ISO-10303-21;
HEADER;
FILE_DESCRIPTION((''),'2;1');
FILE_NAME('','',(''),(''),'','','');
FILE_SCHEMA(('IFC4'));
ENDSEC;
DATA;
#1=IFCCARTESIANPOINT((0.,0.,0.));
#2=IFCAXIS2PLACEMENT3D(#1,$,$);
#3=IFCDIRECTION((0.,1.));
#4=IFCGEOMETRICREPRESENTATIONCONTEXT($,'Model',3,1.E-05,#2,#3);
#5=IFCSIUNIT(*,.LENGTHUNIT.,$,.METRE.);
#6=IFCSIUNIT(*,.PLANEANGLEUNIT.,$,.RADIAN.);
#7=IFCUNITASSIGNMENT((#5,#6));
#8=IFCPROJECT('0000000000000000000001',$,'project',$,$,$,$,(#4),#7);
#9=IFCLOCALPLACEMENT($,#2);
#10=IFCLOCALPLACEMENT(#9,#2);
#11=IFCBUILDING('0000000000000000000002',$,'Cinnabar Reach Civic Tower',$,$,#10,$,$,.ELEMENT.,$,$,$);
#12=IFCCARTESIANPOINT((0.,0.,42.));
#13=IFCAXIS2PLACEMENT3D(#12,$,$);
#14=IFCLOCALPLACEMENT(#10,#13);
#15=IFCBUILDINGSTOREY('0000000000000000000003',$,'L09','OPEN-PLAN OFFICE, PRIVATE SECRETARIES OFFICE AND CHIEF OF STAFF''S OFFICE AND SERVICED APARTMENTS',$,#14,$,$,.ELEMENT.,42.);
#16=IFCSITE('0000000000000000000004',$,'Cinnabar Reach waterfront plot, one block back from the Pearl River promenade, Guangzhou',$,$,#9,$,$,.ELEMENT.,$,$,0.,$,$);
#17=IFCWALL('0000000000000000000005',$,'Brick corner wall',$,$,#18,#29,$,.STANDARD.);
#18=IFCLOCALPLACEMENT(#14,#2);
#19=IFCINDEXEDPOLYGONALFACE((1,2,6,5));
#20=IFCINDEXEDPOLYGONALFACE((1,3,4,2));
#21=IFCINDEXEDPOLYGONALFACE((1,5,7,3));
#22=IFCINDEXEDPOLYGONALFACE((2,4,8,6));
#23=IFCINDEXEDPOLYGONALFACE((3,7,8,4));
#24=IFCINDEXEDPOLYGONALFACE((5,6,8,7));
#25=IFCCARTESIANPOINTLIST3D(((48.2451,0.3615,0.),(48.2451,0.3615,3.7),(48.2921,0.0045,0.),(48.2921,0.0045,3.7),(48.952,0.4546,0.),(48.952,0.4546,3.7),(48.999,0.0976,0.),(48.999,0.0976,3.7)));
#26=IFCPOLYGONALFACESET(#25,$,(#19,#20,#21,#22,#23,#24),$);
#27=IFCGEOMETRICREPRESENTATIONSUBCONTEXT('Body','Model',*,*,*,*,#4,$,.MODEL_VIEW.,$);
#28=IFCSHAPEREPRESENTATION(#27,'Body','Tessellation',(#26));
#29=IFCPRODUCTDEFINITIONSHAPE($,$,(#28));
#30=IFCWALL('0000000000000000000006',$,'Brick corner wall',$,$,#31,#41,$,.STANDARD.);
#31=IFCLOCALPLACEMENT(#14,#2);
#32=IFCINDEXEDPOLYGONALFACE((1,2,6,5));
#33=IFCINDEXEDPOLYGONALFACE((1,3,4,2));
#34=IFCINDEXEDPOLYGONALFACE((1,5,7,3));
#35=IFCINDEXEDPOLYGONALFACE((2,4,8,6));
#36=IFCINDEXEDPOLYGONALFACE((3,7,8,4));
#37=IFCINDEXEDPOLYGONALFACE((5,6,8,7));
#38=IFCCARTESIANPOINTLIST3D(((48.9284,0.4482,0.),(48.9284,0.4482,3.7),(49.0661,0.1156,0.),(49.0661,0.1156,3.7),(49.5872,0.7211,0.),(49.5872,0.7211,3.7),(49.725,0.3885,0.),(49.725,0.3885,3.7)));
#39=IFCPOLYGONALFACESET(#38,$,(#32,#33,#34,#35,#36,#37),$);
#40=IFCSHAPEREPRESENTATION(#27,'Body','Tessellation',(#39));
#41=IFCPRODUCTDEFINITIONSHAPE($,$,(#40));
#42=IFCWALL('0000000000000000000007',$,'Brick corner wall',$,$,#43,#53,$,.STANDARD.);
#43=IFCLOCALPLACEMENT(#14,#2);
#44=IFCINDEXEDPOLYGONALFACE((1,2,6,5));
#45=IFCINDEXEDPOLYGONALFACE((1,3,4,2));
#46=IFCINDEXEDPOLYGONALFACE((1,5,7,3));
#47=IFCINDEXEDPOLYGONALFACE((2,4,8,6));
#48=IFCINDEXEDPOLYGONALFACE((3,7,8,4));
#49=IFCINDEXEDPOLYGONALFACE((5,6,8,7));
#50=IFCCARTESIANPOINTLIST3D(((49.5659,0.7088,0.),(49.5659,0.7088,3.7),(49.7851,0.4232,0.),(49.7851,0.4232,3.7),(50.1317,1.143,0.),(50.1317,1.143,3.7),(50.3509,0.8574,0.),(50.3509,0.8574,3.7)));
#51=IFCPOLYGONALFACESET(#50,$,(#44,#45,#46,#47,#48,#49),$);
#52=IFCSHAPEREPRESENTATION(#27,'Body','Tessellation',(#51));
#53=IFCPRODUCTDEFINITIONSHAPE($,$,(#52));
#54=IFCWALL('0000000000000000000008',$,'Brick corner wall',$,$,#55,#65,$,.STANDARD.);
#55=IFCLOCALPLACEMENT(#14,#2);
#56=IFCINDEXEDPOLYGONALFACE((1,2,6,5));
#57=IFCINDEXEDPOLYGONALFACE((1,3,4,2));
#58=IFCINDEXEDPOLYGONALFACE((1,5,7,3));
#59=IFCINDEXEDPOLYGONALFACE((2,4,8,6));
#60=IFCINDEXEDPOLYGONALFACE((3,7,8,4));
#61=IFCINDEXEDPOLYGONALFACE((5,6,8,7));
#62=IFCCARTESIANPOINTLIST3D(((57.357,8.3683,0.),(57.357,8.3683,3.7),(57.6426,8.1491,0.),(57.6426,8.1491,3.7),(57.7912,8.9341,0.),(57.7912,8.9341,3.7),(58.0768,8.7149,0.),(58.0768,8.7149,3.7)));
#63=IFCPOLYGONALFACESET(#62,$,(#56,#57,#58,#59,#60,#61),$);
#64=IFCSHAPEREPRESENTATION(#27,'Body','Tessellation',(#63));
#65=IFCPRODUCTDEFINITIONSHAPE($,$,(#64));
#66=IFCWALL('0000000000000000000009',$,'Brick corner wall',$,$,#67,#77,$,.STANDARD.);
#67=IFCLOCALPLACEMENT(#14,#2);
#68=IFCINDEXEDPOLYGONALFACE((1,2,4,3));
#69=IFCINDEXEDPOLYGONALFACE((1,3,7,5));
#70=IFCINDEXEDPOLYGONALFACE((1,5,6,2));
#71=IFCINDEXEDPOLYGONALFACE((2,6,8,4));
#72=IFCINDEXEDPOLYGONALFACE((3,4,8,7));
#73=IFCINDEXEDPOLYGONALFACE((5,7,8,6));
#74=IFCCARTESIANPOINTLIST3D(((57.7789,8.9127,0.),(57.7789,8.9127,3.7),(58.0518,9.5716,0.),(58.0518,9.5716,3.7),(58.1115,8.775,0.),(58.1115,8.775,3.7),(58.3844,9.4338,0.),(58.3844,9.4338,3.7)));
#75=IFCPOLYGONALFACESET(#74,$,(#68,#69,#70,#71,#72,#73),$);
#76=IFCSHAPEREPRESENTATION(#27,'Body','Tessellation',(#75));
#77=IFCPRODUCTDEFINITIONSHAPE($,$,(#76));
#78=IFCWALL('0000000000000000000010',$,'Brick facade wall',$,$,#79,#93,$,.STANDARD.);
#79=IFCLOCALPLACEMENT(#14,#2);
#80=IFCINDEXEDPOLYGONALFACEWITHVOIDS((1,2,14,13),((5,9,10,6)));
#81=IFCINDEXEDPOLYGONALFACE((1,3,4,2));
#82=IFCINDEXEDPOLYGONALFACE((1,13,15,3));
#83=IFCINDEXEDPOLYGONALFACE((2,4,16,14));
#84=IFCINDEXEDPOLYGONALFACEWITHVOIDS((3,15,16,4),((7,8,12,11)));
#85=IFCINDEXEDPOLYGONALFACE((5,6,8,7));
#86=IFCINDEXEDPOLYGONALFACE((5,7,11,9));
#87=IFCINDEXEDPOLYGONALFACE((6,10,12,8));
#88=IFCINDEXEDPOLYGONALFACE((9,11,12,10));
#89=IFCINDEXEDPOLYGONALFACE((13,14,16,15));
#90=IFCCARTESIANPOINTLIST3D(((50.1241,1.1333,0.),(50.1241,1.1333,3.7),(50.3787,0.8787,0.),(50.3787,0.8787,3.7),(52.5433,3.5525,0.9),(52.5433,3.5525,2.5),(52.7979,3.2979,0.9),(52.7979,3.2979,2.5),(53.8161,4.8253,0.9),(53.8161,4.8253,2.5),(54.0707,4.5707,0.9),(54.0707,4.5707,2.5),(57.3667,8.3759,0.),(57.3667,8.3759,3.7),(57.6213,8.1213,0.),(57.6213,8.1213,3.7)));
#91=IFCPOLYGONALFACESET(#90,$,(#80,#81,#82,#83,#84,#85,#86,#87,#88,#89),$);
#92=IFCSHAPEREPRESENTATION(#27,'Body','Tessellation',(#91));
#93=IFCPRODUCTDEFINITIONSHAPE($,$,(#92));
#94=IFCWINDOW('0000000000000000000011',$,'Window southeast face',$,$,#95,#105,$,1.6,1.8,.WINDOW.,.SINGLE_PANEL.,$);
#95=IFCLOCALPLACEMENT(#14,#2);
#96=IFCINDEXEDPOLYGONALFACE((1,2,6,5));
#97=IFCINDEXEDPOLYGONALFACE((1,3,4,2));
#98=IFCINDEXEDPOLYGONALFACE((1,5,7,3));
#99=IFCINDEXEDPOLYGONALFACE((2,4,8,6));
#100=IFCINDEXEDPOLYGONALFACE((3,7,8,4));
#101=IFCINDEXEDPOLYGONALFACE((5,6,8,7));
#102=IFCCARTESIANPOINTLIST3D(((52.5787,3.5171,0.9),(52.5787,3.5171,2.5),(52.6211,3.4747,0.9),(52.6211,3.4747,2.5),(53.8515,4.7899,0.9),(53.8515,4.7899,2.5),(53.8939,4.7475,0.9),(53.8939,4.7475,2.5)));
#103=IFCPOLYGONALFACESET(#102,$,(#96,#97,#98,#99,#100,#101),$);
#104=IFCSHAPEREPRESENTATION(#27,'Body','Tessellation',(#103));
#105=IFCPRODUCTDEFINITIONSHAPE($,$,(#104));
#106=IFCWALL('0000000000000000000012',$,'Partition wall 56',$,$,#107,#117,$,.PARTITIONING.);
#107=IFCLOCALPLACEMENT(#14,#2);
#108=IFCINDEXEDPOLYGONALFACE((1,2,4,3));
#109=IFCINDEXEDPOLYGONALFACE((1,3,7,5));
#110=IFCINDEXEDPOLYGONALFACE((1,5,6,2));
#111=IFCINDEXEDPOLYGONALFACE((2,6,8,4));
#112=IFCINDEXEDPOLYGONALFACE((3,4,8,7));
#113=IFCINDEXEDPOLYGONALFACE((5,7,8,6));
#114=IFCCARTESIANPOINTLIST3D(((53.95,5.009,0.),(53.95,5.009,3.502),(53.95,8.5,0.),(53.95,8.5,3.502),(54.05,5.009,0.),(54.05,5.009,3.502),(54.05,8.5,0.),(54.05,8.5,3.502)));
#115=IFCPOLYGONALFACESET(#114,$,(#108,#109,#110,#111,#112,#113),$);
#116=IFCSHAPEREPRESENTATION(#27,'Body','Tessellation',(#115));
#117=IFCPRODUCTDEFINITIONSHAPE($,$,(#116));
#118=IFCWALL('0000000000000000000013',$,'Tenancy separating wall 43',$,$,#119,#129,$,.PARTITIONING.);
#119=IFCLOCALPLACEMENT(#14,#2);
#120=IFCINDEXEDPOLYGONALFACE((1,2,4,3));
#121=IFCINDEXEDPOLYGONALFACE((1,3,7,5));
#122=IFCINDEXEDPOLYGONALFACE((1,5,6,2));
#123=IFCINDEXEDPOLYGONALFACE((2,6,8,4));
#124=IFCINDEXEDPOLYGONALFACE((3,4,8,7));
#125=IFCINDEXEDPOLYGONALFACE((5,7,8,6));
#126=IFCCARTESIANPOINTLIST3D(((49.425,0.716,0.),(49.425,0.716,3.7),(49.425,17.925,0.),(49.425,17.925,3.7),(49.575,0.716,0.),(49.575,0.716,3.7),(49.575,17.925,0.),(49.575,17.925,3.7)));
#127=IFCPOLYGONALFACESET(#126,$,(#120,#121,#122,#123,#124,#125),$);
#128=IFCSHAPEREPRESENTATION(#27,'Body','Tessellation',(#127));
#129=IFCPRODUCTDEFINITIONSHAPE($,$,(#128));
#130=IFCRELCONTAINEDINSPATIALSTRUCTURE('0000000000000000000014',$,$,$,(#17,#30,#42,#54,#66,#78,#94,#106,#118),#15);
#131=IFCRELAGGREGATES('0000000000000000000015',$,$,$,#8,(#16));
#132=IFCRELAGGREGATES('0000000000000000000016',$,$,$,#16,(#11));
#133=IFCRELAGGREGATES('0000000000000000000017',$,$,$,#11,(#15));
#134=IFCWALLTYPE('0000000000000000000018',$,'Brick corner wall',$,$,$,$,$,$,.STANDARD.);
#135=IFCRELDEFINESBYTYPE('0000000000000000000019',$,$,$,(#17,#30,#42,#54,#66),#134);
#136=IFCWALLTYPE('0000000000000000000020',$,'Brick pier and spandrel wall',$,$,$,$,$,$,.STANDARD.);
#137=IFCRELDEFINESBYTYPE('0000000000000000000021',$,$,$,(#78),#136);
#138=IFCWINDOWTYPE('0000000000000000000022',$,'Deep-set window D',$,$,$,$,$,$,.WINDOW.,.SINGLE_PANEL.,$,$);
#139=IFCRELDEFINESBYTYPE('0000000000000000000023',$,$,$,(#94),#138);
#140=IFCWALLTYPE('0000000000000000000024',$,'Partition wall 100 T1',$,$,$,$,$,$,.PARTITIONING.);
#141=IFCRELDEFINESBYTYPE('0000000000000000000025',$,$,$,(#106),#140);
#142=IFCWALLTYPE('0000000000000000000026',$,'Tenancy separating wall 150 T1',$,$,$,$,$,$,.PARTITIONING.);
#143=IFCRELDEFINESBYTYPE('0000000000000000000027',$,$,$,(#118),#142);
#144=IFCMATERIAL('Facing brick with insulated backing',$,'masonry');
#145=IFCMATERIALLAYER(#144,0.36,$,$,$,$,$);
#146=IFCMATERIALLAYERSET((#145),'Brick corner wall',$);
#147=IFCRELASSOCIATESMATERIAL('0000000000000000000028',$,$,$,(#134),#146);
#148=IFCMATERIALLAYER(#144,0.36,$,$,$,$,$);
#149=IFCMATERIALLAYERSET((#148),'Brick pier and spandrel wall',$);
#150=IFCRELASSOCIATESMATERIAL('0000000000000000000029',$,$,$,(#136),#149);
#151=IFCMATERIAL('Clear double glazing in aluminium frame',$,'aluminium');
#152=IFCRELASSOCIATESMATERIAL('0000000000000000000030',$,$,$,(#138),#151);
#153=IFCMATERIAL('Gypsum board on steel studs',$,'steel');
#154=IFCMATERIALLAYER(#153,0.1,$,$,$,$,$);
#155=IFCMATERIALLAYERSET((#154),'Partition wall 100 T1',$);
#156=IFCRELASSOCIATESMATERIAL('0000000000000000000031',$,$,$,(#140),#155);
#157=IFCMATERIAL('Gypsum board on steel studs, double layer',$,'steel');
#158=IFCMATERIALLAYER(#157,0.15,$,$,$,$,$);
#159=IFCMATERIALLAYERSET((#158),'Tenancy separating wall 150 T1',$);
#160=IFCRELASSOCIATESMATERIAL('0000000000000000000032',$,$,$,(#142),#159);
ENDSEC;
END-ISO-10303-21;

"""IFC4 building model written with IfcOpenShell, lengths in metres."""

from ifc_helpers import new_model, si_unit, direction, frame, frame_2d, origin, place, context, subcontext, project, spatial, rectangle, extrude, material, layer, layer_set, type_object, element, fill, save


model = new_model("IFC4")

# Units and contexts
model_context = context("Model", 3, precision=1e-05, world=origin(), true_north=direction((0.0, 1.0)))
body_context = subcontext(model_context, "Body", "Model", "MODEL_VIEW")
ifc_project = project(units=[si_unit("LENGTHUNIT", "METRE"), si_unit("PLANEANGLEUNIT", "RADIAN")], contexts=[model_context])

# Site, building, storey
site_placement = place(None, origin())
site = spatial("IfcSite", under=ifc_project, at=site_placement, Name="Cinnabar Reach waterfront plot, one block back from the Pearl River promenade, Guangzhou", CompositionType="ELEMENT", RefElevation=0.0)
building_placement = place(site_placement, origin())
building = spatial("IfcBuilding", under=site, at=building_placement, Name="Cinnabar Reach Civic Tower", CompositionType="ELEMENT")
storey_placement = place(building_placement, frame((0.0, 0.0, 42.0)))
storey = spatial("IfcBuildingStorey", under=building, at=storey_placement, Name="L09", Description="OPEN-PLAN OFFICE, PRIVATE SECRETARIES OFFICE AND CHIEF OF STAFF'S OFFICE AND SERVICED APARTMENTS", CompositionType="ELEMENT", Elevation=42.0)

# Walls
ifc_material_1 = material(Name="Facing brick with insulated backing", Category="masonry")
ifc_layer_1 = layer(ifc_material_1, 0.36)
ifc_layer_set_1 = layer_set([ifc_layer_1], Name="Brick corner wall")
wall_type_1 = type_object("IfcWallType", Name="Brick corner wall", PredefinedType="STANDARD", material=ifc_layer_set_1)
for number, where, z_axis, x_axis, name in (
    (1, (48.2686, 0.183, 0.0), (0.0, 0.0, 1.0), (0.991441, 0.130556, 0.0), "Brick corner wall"),
    (2, (48.9973, 0.2819, 0.0), (0.0, 0.0, 1.0), (0.923872, 0.382703, 0.0), "Brick corner wall"),
):
    element("IfcWall", number, at=place(storey_placement, frame(where, z_axis=z_axis, x_axis=x_axis)), inside=storey, type_object=wall_type_1, Name=name, PredefinedType="STANDARD", context=body_context, shape_type="SweptSolid", body=[
        extrude(rectangle(XDim=0.7131, YDim=0.36, at=frame_2d((0.3565, 0.0))), origin(), (0.0, 0.0, 1.0), 3.7),
    ])
for number, where, z_axis, x_axis, name in (
    (3, (49.6755, 0.566, 0.0), (0.0, 0.0, 1.0), (0.793322, 0.608802, 0.0), "Brick corner wall"),
    (4, (57.4998, 8.2587, 0.0), (0.0, 0.0, 1.0), (0.608802, 0.793322, 0.0), "Brick corner wall"),
):
    element("IfcWall", number, at=place(storey_placement, frame(where, z_axis=z_axis, x_axis=x_axis)), inside=storey, type_object=wall_type_1, Name=name, PredefinedType="STANDARD", context=body_context, shape_type="SweptSolid", body=[
        extrude(rectangle(XDim=0.7132, YDim=0.36, at=frame_2d((0.3566, 0.0))), origin(), (0.0, 0.0, 1.0), 3.7),
    ])
wall_1_placement = place(storey_placement, frame((57.9452, 8.8439, 0.0), z_axis=(0.0, 0.0, 1.0), x_axis=(0.382703, 0.923872, 0.0)))
element("IfcWall", 5, at=wall_1_placement, inside=storey, type_object=wall_type_1, Name="Brick corner wall", PredefinedType="STANDARD", context=body_context, shape_type="SweptSolid", body=[
    extrude(rectangle(XDim=0.7131, YDim=0.36, at=frame_2d((0.3565, 0.0))), origin(), (0.0, 0.0, 1.0), 3.7),
])

# Wall, opening, window
ifc_layer_2 = layer(ifc_material_1, 0.36)
ifc_layer_set_2 = layer_set([ifc_layer_2], Name="Brick pier and spandrel wall")
wall_type_2 = type_object("IfcWallType", Name="Brick pier and spandrel wall", PredefinedType="STANDARD", material=ifc_layer_set_2)
wall_2_placement = place(storey_placement, frame((50.2514, 1.006, 0.0), z_axis=(0.0, 0.0, 1.0), x_axis=(0.707107, 0.707107, 0.0)))
wall_2 = element("IfcWall", 6, at=wall_2_placement, inside=storey, type_object=wall_type_2, Name="Brick facade wall", PredefinedType="STANDARD", context=body_context, shape_type="SweptSolid", body=[
    extrude(rectangle(XDim=10.2426, YDim=0.36, at=frame_2d((5.1213, 0.0))), origin(), (0.0, 0.0, 1.0), 3.7),
])
opening_placement = place(wall_2_placement, frame((3.4213, 0.0, 0.9)))
opening = element("IfcOpeningElement", 7, at=opening_placement, cuts=wall_2, PredefinedType="OPENING", context=body_context, shape_type="SweptSolid", body=[
    extrude(rectangle(XDim=1.8, YDim=1.6, at=frame_2d((0.9, 0.8))), frame((0.0, 0.19, 0.0), z_axis=(0.0, -1.0, 0.0), x_axis=(1.0, 0.0, 0.0)), (0.0, 0.0, 1.0), 0.38),
])
ifc_material_2 = material(Name="Clear double glazing in aluminium frame", Category="aluminium")
window_type = type_object("IfcWindowType", Name="Deep-set window D", PartitioningType="SINGLE_PANEL", PredefinedType="WINDOW", material=ifc_material_2)
window_placement = place(opening_placement, origin())
window = element("IfcWindow", 8, at=window_placement, inside=storey, type_object=window_type, Name="Window southeast face", OverallHeight=1.6, OverallWidth=1.8, PartitioningType="SINGLE_PANEL", PredefinedType="WINDOW", context=body_context, shape_type="SweptSolid", body=[
    extrude(rectangle(XDim=1.8, YDim=1.6, at=frame_2d((0.9, 0.8))), frame((0.0, 0.13, 0.0), z_axis=(0.0, -1.0, 0.0), x_axis=(1.0, 0.0, 0.0)), (0.0, 0.0, 1.0), 0.06),
])
fill(opening, window)

# Walls
ifc_material_3 = material(Name="Gypsum board on steel studs", Category="steel")
ifc_layer_3 = layer(ifc_material_3, 0.1)
ifc_layer_set_3 = layer_set([ifc_layer_3], Name="Partition wall 100 T1")
wall_type_3 = type_object("IfcWallType", Name="Partition wall 100 T1", PredefinedType="PARTITIONING", material=ifc_layer_set_3)
wall_3_placement = place(storey_placement, frame((54.0, 5.0091, 0.0), z_axis=(0.0, 0.0, 1.0), x_axis=(0.0, 1.0, 0.0)))
element("IfcWall", 9, at=wall_3_placement, inside=storey, type_object=wall_type_3, Name="Partition wall 56", PredefinedType="PARTITIONING", context=body_context, shape_type="SweptSolid", body=[
    extrude(rectangle(XDim=3.4909, YDim=0.1, at=frame_2d((1.7454, 0.0))), origin(), (0.0, 0.0, 1.0), 3.502),
])
ifc_material_4 = material(Name="Gypsum board on steel studs, double layer", Category="steel")
ifc_layer_4 = layer(ifc_material_4, 0.15)
ifc_layer_set_4 = layer_set([ifc_layer_4], Name="Tenancy separating wall 150 T1")
wall_type_4 = type_object("IfcWallType", Name="Tenancy separating wall 150 T1", PredefinedType="PARTITIONING", material=ifc_layer_set_4)
wall_4_placement = place(storey_placement, frame((49.5, 0.716, 0.0), z_axis=(0.0, 0.0, 1.0), x_axis=(0.0, 1.0, 0.0)))
element("IfcWall", 10, at=wall_4_placement, inside=storey, type_object=wall_type_4, Name="Tenancy separating wall 43", PredefinedType="PARTITIONING", context=body_context, shape_type="SweptSolid", body=[
    extrude(rectangle(XDim=17.209, YDim=0.15, at=frame_2d((8.6045, 0.0))), origin(), (0.0, 0.0, 1.0), 3.7),
])

save(model, "model.ifc")
